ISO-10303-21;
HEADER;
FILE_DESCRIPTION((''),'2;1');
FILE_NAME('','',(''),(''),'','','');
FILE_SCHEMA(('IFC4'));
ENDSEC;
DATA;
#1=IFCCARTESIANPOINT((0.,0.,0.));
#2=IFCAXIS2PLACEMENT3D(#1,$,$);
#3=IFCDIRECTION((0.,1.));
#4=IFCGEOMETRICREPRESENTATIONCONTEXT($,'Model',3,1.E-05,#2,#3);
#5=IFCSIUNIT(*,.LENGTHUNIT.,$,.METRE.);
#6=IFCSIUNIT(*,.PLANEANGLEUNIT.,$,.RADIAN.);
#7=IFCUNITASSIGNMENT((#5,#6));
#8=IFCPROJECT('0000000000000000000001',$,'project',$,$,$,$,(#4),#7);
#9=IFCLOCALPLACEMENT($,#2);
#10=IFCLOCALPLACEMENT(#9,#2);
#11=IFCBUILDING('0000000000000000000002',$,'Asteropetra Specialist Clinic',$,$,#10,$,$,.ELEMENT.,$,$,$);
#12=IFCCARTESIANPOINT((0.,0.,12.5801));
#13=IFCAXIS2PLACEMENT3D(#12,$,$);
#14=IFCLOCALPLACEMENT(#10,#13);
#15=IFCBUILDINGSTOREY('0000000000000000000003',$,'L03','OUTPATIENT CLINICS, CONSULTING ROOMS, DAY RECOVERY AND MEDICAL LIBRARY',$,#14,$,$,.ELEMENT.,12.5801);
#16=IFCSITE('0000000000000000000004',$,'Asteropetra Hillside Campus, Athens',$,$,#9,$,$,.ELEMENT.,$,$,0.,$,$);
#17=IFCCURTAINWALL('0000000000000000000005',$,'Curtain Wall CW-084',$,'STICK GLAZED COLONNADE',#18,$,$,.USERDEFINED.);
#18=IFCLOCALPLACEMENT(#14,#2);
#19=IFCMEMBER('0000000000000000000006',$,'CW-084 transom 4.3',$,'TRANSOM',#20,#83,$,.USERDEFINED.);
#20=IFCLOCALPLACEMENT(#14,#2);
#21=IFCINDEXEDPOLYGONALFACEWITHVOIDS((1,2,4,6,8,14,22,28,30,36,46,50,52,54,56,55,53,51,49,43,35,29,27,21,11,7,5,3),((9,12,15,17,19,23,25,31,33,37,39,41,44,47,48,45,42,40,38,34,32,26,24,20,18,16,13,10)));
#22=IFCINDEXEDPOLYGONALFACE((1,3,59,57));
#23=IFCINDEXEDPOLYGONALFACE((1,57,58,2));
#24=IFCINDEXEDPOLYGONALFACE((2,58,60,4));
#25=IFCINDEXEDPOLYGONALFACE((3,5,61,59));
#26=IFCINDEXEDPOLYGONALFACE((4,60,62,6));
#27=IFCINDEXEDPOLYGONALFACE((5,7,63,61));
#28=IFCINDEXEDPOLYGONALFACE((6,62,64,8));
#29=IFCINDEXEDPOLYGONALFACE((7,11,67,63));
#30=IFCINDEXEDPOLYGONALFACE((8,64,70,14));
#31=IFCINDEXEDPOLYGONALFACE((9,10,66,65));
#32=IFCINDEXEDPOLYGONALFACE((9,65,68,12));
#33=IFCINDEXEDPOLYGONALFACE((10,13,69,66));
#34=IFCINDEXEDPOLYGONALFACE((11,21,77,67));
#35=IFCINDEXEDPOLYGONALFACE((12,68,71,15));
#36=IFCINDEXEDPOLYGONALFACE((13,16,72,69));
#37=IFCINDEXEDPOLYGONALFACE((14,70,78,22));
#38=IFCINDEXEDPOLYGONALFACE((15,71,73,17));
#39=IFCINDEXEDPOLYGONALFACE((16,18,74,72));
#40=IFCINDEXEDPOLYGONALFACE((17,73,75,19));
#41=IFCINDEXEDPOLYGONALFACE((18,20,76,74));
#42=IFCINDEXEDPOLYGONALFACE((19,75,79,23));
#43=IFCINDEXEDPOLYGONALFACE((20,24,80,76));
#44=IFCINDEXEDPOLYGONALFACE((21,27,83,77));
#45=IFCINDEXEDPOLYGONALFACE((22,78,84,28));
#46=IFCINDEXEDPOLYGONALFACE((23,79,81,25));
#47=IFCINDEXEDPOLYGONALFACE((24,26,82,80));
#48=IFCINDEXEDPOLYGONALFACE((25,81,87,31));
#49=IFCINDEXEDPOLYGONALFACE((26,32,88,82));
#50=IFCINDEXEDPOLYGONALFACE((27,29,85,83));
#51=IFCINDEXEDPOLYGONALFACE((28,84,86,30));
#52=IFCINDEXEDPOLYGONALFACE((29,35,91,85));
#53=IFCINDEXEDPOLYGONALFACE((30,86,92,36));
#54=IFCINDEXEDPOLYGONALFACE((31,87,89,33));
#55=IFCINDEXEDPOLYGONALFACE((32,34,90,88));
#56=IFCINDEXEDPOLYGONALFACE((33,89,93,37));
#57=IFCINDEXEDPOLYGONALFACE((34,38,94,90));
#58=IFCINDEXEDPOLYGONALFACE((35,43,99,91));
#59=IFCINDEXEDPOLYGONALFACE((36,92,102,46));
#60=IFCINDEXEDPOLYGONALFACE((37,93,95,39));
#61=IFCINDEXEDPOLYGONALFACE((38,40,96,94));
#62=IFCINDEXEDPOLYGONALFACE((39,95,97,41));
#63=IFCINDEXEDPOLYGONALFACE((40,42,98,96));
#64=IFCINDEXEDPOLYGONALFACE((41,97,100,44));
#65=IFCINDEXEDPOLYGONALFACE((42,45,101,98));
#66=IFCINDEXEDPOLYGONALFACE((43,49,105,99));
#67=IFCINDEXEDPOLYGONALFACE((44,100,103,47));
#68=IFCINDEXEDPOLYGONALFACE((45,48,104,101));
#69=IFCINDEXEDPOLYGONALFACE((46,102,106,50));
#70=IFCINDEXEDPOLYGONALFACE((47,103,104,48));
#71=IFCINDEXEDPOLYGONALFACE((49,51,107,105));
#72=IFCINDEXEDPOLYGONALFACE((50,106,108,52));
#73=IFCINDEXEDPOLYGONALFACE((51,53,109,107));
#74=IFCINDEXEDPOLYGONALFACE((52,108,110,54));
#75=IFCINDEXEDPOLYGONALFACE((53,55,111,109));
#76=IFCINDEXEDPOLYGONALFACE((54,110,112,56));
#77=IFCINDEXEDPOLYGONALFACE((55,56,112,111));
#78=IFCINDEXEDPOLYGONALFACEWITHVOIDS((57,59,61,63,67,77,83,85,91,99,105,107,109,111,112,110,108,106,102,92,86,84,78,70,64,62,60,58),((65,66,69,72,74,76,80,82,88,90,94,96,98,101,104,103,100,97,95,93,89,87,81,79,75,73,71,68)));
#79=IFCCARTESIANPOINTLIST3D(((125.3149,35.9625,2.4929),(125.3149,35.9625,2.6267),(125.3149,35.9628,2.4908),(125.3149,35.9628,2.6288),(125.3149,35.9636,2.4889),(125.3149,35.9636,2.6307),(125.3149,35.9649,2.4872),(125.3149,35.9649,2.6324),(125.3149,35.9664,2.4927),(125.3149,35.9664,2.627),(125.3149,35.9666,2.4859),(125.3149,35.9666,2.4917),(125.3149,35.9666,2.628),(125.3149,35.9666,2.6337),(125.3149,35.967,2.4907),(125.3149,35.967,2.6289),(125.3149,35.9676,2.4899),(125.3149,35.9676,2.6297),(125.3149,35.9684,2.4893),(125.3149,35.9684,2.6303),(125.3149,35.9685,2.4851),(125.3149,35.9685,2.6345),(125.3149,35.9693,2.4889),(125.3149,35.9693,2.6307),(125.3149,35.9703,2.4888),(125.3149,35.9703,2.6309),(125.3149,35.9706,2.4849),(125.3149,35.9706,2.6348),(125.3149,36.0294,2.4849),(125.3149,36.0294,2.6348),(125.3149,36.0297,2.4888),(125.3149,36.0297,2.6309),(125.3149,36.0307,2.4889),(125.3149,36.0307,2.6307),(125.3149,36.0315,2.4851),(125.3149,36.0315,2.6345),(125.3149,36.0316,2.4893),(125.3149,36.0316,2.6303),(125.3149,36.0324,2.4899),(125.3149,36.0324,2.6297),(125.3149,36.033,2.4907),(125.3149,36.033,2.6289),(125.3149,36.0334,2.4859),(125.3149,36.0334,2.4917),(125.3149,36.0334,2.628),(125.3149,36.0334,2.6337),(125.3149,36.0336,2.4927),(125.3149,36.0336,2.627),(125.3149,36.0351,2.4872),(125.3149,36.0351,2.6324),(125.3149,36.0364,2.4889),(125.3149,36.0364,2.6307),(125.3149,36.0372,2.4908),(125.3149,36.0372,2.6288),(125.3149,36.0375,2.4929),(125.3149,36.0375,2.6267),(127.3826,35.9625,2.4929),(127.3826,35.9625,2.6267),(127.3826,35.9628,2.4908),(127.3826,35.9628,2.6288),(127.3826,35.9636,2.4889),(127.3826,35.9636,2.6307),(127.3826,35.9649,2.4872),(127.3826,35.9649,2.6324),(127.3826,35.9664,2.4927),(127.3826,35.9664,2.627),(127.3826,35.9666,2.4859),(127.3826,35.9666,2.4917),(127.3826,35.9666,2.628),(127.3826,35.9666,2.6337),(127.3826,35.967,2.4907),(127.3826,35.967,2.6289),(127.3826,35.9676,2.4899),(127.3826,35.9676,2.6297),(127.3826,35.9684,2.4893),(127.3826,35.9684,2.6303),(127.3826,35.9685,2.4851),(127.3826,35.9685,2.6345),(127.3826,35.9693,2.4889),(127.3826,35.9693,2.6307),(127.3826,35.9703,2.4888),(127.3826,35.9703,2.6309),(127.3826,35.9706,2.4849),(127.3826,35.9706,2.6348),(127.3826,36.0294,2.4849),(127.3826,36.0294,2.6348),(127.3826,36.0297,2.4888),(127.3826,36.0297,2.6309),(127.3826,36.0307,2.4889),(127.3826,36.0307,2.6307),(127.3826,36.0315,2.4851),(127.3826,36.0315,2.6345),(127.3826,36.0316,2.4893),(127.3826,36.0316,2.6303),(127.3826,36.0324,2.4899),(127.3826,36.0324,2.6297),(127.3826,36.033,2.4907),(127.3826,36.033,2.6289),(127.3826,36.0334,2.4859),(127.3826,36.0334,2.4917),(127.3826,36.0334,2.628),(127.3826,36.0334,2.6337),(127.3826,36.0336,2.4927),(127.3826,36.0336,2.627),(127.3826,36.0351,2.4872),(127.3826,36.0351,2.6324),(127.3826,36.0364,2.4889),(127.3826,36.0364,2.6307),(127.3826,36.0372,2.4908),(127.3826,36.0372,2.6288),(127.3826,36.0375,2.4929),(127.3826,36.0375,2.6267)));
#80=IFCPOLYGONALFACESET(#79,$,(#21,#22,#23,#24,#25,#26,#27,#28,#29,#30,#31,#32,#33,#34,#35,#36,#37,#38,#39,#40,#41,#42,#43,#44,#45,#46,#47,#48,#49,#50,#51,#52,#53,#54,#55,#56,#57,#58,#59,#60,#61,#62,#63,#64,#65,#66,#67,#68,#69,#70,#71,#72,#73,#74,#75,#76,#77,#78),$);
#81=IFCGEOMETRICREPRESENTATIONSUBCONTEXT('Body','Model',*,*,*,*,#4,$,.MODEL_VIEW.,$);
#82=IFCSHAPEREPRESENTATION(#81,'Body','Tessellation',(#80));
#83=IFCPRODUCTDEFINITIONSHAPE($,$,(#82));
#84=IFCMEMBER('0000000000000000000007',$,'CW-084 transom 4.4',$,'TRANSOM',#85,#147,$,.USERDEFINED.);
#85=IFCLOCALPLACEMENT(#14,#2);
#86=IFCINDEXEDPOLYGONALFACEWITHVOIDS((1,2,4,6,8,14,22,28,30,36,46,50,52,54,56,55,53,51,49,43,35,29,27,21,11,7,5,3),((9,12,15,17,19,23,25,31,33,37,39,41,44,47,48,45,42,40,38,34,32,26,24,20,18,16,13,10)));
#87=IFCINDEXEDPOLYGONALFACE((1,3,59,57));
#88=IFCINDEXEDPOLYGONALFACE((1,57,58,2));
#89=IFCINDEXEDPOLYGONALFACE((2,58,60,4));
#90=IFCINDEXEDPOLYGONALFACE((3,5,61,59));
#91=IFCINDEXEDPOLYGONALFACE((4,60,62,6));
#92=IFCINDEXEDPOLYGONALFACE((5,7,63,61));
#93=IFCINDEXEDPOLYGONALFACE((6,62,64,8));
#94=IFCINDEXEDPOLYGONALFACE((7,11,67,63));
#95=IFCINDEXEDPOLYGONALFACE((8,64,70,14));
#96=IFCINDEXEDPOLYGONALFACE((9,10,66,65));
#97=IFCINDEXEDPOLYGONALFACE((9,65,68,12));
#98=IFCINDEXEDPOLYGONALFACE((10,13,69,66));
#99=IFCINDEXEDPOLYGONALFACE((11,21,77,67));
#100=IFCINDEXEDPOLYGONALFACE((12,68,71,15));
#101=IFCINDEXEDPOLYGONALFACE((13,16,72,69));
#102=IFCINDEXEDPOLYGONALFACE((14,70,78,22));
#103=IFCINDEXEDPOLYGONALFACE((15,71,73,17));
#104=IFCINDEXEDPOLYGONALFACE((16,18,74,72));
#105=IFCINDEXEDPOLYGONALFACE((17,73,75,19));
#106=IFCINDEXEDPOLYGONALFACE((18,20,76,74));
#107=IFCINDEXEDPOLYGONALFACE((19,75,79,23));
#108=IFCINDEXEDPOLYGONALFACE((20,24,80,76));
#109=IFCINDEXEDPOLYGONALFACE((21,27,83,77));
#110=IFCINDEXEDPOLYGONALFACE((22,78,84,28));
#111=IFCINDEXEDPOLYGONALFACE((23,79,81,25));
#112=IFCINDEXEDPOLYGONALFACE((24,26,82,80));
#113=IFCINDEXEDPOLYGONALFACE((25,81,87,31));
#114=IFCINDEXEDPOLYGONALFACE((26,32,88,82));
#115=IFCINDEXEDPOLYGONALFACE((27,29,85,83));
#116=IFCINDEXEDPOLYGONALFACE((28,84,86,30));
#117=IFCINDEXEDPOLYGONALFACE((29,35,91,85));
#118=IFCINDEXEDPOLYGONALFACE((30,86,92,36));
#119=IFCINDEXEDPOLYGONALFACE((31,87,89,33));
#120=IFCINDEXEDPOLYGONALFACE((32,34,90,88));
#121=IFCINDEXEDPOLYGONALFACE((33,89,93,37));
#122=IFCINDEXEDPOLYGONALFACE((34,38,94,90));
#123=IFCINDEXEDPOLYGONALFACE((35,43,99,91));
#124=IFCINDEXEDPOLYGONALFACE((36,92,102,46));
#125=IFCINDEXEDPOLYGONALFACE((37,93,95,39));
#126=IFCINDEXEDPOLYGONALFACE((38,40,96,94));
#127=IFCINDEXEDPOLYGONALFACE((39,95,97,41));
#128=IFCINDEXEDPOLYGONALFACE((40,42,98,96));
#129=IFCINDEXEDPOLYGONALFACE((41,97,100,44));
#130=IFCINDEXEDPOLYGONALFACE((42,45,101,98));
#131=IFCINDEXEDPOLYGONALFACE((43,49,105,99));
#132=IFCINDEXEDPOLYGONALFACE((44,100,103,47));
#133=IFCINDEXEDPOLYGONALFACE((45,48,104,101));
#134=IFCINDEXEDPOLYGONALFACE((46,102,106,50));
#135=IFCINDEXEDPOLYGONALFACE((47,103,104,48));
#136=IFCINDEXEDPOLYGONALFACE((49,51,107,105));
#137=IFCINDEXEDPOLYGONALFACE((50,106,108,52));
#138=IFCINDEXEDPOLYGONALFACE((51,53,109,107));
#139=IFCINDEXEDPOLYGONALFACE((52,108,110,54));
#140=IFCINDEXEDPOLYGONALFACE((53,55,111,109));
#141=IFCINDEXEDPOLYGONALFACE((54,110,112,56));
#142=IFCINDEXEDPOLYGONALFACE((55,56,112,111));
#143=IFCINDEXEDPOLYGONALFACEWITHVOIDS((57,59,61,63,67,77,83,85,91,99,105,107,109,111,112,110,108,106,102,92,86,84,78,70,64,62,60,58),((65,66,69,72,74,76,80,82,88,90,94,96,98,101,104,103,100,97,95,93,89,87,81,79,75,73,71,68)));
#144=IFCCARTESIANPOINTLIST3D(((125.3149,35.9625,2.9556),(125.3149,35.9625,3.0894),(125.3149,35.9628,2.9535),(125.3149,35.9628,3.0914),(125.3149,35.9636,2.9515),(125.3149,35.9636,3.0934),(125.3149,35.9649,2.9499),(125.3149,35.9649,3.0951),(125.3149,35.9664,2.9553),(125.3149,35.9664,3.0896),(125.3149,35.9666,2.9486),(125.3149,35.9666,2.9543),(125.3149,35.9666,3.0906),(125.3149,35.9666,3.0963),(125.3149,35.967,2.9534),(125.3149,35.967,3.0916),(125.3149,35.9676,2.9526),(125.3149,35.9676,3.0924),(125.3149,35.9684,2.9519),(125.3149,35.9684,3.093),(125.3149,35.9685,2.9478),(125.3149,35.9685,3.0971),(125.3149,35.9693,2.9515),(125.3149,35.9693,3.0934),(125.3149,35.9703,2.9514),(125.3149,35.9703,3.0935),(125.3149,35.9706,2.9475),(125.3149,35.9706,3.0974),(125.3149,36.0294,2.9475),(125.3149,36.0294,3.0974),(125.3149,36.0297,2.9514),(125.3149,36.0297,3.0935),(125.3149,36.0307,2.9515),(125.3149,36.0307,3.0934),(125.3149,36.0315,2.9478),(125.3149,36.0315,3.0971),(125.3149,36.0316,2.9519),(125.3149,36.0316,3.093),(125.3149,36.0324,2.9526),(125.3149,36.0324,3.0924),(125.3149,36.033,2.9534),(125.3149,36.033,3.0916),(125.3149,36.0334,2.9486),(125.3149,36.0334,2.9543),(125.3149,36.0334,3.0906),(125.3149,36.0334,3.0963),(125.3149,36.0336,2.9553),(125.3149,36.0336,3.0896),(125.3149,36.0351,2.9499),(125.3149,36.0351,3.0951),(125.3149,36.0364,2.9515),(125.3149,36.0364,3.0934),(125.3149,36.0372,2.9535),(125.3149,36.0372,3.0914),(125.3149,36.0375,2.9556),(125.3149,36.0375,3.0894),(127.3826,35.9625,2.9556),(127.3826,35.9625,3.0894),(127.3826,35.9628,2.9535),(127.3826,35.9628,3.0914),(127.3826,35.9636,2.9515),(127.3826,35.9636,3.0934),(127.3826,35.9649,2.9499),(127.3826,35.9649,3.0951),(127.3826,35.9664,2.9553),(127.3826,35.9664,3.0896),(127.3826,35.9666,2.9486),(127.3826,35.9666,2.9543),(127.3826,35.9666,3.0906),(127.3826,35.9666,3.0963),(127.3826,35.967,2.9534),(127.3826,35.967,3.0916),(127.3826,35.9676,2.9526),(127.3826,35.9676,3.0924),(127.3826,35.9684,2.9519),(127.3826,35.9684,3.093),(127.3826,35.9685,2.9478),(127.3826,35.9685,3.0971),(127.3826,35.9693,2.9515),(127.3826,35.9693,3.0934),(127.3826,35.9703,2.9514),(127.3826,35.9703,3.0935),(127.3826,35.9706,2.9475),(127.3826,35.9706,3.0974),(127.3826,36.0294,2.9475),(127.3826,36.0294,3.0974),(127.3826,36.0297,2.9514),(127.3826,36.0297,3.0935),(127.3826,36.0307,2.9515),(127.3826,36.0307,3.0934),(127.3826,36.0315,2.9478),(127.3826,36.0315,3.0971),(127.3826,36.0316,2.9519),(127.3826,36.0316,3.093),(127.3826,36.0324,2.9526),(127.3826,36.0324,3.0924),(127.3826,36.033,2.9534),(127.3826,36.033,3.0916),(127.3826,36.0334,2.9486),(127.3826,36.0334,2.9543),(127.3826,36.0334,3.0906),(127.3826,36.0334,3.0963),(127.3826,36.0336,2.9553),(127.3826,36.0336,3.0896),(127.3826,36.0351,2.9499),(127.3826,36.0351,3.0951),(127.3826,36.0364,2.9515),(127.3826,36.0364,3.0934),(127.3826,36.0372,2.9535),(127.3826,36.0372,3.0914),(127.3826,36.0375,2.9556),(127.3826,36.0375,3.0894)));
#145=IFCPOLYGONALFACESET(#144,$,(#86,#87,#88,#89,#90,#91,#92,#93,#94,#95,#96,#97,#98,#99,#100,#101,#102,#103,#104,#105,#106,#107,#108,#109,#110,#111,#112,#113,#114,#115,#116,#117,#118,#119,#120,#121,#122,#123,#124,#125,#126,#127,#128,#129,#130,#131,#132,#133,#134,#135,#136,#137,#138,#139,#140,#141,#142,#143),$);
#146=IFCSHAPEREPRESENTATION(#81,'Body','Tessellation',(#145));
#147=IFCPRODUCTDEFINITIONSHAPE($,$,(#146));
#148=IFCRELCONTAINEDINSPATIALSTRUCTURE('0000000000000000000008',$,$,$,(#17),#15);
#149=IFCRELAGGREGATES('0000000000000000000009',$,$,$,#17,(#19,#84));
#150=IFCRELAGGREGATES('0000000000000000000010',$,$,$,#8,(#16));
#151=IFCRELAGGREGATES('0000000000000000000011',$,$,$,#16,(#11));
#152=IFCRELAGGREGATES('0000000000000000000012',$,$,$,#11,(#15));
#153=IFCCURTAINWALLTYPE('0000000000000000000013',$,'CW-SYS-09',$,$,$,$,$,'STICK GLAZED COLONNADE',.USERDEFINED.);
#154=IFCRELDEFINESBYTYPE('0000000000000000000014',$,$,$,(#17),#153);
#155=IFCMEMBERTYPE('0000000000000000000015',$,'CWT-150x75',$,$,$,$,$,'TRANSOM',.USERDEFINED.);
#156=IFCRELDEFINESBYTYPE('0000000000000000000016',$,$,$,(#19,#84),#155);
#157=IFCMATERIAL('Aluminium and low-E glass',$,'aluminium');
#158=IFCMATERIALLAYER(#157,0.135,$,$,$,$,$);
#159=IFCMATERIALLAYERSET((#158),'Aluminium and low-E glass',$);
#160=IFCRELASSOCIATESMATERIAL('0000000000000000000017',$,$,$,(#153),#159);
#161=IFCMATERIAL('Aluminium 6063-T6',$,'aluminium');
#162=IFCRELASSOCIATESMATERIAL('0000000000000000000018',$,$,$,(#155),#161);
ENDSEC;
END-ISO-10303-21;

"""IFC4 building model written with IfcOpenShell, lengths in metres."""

from ifc_helpers import new_model, si_unit, direction, frame, origin, origin_2d, place, context, subcontext, project, spatial, hollow_rectangle, extrude, material, layer, layer_set, material_profile, profile_set, type_object, element, aggregate, save


model = new_model("IFC4")

# Units and contexts
model_context = context("Model", 3, precision=1e-05, world=origin(), true_north=direction((0.0, 1.0)))
body_context = subcontext(model_context, "Body", "Model", "MODEL_VIEW")
ifc_project = project(units=[si_unit("LENGTHUNIT", "METRE"), si_unit("PLANEANGLEUNIT", "RADIAN")], contexts=[model_context])

# Site, building, storey
site_placement = place(None, origin())
site = spatial("IfcSite", under=ifc_project, at=site_placement, Name="Asteropetra Hillside Campus, Athens", CompositionType="ELEMENT", RefElevation=0.0)
building_placement = place(site_placement, origin())
building = spatial("IfcBuilding", under=site, at=building_placement, Name="Asteropetra Specialist Clinic", CompositionType="ELEMENT")
storey_placement = place(building_placement, frame((0.0, 0.0, 12.5801)))
storey = spatial("IfcBuildingStorey", under=building, at=storey_placement, Name="L03", Description="OUTPATIENT CLINICS, CONSULTING ROOMS, DAY RECOVERY AND MEDICAL LIBRARY", CompositionType="ELEMENT", Elevation=12.5801)

# Curtain wall
ifc_material_1 = material(Name="Aluminium and low-E glass", Category="aluminium")
ifc_layer_1 = layer(ifc_material_1, 0.135)
ifc_layer_set_1 = layer_set([ifc_layer_1], Name="Aluminium and low-E glass")
curtain_wall_type_1 = type_object("IfcCurtainWallType", Name="CW-SYS-09", ElementType="STICK GLAZED COLONNADE", PredefinedType="USERDEFINED", material=ifc_layer_set_1)
curtain_wall_1_placement = place(storey_placement, origin())
curtain_wall_1 = element("IfcCurtainWall", 1, at=curtain_wall_1_placement, inside=storey, type_object=curtain_wall_type_1, Name="Curtain Wall CW-084", ObjectType="STICK GLAZED COLONNADE", PredefinedType="USERDEFINED")

# Members
ifc_material_2 = material(Name="Aluminium 6063-T6", Category="aluminium")
ifc_material_profile_1 = material_profile(ifc_material_2, hollow_rectangle(XDim=0.075, YDim=0.1499, WallThickness=0.0039, InnerFilletRadius=0.0039, OuterFilletRadius=0.0081, at=origin_2d()), Name="TRN 150x75x4.0")
ifc_profile_set_1 = profile_set([ifc_material_profile_1], Name="Aluminium 6063-T6")
member_type_1 = type_object("IfcMemberType", Name="CWT-150x75", ElementType="TRANSOM", PredefinedType="USERDEFINED", material=ifc_profile_set_1)
member_1_placement = place(storey_placement, frame((127.3826, 36.0, 2.5598), z_axis=(-1.0, 0.0, 0.0), x_axis=(0.0, -1.0, 0.0)))
member_1 = element("IfcMember", 2, at=member_1_placement, type_object=member_type_1, Name="CW-084 transom 4.3", ObjectType="TRANSOM", PredefinedType="USERDEFINED", context=body_context, shape_type="SweptSolid", body=[
    extrude(hollow_rectangle(XDim=0.075, YDim=0.1499, WallThickness=0.0039, InnerFilletRadius=0.0039, OuterFilletRadius=0.0081, at=origin_2d()), origin(), (0.0, 0.0, 1.0), 2.0676),
])
member_2_placement = place(storey_placement, frame((127.3826, 36.0, 3.0225), z_axis=(-1.0, 0.0, 0.0), x_axis=(0.0, -1.0, 0.0)))
member_2 = element("IfcMember", 3, at=member_2_placement, type_object=member_type_1, Name="CW-084 transom 4.4", ObjectType="TRANSOM", PredefinedType="USERDEFINED", context=body_context, shape_type="SweptSolid", body=[
    extrude(hollow_rectangle(XDim=0.075, YDim=0.1499, WallThickness=0.0039, InnerFilletRadius=0.0039, OuterFilletRadius=0.0081, at=origin_2d()), origin(), (0.0, 0.0, 1.0), 2.0676),
])

aggregate(curtain_wall_1, [member_1, member_2])

save(model, "model.ifc")
